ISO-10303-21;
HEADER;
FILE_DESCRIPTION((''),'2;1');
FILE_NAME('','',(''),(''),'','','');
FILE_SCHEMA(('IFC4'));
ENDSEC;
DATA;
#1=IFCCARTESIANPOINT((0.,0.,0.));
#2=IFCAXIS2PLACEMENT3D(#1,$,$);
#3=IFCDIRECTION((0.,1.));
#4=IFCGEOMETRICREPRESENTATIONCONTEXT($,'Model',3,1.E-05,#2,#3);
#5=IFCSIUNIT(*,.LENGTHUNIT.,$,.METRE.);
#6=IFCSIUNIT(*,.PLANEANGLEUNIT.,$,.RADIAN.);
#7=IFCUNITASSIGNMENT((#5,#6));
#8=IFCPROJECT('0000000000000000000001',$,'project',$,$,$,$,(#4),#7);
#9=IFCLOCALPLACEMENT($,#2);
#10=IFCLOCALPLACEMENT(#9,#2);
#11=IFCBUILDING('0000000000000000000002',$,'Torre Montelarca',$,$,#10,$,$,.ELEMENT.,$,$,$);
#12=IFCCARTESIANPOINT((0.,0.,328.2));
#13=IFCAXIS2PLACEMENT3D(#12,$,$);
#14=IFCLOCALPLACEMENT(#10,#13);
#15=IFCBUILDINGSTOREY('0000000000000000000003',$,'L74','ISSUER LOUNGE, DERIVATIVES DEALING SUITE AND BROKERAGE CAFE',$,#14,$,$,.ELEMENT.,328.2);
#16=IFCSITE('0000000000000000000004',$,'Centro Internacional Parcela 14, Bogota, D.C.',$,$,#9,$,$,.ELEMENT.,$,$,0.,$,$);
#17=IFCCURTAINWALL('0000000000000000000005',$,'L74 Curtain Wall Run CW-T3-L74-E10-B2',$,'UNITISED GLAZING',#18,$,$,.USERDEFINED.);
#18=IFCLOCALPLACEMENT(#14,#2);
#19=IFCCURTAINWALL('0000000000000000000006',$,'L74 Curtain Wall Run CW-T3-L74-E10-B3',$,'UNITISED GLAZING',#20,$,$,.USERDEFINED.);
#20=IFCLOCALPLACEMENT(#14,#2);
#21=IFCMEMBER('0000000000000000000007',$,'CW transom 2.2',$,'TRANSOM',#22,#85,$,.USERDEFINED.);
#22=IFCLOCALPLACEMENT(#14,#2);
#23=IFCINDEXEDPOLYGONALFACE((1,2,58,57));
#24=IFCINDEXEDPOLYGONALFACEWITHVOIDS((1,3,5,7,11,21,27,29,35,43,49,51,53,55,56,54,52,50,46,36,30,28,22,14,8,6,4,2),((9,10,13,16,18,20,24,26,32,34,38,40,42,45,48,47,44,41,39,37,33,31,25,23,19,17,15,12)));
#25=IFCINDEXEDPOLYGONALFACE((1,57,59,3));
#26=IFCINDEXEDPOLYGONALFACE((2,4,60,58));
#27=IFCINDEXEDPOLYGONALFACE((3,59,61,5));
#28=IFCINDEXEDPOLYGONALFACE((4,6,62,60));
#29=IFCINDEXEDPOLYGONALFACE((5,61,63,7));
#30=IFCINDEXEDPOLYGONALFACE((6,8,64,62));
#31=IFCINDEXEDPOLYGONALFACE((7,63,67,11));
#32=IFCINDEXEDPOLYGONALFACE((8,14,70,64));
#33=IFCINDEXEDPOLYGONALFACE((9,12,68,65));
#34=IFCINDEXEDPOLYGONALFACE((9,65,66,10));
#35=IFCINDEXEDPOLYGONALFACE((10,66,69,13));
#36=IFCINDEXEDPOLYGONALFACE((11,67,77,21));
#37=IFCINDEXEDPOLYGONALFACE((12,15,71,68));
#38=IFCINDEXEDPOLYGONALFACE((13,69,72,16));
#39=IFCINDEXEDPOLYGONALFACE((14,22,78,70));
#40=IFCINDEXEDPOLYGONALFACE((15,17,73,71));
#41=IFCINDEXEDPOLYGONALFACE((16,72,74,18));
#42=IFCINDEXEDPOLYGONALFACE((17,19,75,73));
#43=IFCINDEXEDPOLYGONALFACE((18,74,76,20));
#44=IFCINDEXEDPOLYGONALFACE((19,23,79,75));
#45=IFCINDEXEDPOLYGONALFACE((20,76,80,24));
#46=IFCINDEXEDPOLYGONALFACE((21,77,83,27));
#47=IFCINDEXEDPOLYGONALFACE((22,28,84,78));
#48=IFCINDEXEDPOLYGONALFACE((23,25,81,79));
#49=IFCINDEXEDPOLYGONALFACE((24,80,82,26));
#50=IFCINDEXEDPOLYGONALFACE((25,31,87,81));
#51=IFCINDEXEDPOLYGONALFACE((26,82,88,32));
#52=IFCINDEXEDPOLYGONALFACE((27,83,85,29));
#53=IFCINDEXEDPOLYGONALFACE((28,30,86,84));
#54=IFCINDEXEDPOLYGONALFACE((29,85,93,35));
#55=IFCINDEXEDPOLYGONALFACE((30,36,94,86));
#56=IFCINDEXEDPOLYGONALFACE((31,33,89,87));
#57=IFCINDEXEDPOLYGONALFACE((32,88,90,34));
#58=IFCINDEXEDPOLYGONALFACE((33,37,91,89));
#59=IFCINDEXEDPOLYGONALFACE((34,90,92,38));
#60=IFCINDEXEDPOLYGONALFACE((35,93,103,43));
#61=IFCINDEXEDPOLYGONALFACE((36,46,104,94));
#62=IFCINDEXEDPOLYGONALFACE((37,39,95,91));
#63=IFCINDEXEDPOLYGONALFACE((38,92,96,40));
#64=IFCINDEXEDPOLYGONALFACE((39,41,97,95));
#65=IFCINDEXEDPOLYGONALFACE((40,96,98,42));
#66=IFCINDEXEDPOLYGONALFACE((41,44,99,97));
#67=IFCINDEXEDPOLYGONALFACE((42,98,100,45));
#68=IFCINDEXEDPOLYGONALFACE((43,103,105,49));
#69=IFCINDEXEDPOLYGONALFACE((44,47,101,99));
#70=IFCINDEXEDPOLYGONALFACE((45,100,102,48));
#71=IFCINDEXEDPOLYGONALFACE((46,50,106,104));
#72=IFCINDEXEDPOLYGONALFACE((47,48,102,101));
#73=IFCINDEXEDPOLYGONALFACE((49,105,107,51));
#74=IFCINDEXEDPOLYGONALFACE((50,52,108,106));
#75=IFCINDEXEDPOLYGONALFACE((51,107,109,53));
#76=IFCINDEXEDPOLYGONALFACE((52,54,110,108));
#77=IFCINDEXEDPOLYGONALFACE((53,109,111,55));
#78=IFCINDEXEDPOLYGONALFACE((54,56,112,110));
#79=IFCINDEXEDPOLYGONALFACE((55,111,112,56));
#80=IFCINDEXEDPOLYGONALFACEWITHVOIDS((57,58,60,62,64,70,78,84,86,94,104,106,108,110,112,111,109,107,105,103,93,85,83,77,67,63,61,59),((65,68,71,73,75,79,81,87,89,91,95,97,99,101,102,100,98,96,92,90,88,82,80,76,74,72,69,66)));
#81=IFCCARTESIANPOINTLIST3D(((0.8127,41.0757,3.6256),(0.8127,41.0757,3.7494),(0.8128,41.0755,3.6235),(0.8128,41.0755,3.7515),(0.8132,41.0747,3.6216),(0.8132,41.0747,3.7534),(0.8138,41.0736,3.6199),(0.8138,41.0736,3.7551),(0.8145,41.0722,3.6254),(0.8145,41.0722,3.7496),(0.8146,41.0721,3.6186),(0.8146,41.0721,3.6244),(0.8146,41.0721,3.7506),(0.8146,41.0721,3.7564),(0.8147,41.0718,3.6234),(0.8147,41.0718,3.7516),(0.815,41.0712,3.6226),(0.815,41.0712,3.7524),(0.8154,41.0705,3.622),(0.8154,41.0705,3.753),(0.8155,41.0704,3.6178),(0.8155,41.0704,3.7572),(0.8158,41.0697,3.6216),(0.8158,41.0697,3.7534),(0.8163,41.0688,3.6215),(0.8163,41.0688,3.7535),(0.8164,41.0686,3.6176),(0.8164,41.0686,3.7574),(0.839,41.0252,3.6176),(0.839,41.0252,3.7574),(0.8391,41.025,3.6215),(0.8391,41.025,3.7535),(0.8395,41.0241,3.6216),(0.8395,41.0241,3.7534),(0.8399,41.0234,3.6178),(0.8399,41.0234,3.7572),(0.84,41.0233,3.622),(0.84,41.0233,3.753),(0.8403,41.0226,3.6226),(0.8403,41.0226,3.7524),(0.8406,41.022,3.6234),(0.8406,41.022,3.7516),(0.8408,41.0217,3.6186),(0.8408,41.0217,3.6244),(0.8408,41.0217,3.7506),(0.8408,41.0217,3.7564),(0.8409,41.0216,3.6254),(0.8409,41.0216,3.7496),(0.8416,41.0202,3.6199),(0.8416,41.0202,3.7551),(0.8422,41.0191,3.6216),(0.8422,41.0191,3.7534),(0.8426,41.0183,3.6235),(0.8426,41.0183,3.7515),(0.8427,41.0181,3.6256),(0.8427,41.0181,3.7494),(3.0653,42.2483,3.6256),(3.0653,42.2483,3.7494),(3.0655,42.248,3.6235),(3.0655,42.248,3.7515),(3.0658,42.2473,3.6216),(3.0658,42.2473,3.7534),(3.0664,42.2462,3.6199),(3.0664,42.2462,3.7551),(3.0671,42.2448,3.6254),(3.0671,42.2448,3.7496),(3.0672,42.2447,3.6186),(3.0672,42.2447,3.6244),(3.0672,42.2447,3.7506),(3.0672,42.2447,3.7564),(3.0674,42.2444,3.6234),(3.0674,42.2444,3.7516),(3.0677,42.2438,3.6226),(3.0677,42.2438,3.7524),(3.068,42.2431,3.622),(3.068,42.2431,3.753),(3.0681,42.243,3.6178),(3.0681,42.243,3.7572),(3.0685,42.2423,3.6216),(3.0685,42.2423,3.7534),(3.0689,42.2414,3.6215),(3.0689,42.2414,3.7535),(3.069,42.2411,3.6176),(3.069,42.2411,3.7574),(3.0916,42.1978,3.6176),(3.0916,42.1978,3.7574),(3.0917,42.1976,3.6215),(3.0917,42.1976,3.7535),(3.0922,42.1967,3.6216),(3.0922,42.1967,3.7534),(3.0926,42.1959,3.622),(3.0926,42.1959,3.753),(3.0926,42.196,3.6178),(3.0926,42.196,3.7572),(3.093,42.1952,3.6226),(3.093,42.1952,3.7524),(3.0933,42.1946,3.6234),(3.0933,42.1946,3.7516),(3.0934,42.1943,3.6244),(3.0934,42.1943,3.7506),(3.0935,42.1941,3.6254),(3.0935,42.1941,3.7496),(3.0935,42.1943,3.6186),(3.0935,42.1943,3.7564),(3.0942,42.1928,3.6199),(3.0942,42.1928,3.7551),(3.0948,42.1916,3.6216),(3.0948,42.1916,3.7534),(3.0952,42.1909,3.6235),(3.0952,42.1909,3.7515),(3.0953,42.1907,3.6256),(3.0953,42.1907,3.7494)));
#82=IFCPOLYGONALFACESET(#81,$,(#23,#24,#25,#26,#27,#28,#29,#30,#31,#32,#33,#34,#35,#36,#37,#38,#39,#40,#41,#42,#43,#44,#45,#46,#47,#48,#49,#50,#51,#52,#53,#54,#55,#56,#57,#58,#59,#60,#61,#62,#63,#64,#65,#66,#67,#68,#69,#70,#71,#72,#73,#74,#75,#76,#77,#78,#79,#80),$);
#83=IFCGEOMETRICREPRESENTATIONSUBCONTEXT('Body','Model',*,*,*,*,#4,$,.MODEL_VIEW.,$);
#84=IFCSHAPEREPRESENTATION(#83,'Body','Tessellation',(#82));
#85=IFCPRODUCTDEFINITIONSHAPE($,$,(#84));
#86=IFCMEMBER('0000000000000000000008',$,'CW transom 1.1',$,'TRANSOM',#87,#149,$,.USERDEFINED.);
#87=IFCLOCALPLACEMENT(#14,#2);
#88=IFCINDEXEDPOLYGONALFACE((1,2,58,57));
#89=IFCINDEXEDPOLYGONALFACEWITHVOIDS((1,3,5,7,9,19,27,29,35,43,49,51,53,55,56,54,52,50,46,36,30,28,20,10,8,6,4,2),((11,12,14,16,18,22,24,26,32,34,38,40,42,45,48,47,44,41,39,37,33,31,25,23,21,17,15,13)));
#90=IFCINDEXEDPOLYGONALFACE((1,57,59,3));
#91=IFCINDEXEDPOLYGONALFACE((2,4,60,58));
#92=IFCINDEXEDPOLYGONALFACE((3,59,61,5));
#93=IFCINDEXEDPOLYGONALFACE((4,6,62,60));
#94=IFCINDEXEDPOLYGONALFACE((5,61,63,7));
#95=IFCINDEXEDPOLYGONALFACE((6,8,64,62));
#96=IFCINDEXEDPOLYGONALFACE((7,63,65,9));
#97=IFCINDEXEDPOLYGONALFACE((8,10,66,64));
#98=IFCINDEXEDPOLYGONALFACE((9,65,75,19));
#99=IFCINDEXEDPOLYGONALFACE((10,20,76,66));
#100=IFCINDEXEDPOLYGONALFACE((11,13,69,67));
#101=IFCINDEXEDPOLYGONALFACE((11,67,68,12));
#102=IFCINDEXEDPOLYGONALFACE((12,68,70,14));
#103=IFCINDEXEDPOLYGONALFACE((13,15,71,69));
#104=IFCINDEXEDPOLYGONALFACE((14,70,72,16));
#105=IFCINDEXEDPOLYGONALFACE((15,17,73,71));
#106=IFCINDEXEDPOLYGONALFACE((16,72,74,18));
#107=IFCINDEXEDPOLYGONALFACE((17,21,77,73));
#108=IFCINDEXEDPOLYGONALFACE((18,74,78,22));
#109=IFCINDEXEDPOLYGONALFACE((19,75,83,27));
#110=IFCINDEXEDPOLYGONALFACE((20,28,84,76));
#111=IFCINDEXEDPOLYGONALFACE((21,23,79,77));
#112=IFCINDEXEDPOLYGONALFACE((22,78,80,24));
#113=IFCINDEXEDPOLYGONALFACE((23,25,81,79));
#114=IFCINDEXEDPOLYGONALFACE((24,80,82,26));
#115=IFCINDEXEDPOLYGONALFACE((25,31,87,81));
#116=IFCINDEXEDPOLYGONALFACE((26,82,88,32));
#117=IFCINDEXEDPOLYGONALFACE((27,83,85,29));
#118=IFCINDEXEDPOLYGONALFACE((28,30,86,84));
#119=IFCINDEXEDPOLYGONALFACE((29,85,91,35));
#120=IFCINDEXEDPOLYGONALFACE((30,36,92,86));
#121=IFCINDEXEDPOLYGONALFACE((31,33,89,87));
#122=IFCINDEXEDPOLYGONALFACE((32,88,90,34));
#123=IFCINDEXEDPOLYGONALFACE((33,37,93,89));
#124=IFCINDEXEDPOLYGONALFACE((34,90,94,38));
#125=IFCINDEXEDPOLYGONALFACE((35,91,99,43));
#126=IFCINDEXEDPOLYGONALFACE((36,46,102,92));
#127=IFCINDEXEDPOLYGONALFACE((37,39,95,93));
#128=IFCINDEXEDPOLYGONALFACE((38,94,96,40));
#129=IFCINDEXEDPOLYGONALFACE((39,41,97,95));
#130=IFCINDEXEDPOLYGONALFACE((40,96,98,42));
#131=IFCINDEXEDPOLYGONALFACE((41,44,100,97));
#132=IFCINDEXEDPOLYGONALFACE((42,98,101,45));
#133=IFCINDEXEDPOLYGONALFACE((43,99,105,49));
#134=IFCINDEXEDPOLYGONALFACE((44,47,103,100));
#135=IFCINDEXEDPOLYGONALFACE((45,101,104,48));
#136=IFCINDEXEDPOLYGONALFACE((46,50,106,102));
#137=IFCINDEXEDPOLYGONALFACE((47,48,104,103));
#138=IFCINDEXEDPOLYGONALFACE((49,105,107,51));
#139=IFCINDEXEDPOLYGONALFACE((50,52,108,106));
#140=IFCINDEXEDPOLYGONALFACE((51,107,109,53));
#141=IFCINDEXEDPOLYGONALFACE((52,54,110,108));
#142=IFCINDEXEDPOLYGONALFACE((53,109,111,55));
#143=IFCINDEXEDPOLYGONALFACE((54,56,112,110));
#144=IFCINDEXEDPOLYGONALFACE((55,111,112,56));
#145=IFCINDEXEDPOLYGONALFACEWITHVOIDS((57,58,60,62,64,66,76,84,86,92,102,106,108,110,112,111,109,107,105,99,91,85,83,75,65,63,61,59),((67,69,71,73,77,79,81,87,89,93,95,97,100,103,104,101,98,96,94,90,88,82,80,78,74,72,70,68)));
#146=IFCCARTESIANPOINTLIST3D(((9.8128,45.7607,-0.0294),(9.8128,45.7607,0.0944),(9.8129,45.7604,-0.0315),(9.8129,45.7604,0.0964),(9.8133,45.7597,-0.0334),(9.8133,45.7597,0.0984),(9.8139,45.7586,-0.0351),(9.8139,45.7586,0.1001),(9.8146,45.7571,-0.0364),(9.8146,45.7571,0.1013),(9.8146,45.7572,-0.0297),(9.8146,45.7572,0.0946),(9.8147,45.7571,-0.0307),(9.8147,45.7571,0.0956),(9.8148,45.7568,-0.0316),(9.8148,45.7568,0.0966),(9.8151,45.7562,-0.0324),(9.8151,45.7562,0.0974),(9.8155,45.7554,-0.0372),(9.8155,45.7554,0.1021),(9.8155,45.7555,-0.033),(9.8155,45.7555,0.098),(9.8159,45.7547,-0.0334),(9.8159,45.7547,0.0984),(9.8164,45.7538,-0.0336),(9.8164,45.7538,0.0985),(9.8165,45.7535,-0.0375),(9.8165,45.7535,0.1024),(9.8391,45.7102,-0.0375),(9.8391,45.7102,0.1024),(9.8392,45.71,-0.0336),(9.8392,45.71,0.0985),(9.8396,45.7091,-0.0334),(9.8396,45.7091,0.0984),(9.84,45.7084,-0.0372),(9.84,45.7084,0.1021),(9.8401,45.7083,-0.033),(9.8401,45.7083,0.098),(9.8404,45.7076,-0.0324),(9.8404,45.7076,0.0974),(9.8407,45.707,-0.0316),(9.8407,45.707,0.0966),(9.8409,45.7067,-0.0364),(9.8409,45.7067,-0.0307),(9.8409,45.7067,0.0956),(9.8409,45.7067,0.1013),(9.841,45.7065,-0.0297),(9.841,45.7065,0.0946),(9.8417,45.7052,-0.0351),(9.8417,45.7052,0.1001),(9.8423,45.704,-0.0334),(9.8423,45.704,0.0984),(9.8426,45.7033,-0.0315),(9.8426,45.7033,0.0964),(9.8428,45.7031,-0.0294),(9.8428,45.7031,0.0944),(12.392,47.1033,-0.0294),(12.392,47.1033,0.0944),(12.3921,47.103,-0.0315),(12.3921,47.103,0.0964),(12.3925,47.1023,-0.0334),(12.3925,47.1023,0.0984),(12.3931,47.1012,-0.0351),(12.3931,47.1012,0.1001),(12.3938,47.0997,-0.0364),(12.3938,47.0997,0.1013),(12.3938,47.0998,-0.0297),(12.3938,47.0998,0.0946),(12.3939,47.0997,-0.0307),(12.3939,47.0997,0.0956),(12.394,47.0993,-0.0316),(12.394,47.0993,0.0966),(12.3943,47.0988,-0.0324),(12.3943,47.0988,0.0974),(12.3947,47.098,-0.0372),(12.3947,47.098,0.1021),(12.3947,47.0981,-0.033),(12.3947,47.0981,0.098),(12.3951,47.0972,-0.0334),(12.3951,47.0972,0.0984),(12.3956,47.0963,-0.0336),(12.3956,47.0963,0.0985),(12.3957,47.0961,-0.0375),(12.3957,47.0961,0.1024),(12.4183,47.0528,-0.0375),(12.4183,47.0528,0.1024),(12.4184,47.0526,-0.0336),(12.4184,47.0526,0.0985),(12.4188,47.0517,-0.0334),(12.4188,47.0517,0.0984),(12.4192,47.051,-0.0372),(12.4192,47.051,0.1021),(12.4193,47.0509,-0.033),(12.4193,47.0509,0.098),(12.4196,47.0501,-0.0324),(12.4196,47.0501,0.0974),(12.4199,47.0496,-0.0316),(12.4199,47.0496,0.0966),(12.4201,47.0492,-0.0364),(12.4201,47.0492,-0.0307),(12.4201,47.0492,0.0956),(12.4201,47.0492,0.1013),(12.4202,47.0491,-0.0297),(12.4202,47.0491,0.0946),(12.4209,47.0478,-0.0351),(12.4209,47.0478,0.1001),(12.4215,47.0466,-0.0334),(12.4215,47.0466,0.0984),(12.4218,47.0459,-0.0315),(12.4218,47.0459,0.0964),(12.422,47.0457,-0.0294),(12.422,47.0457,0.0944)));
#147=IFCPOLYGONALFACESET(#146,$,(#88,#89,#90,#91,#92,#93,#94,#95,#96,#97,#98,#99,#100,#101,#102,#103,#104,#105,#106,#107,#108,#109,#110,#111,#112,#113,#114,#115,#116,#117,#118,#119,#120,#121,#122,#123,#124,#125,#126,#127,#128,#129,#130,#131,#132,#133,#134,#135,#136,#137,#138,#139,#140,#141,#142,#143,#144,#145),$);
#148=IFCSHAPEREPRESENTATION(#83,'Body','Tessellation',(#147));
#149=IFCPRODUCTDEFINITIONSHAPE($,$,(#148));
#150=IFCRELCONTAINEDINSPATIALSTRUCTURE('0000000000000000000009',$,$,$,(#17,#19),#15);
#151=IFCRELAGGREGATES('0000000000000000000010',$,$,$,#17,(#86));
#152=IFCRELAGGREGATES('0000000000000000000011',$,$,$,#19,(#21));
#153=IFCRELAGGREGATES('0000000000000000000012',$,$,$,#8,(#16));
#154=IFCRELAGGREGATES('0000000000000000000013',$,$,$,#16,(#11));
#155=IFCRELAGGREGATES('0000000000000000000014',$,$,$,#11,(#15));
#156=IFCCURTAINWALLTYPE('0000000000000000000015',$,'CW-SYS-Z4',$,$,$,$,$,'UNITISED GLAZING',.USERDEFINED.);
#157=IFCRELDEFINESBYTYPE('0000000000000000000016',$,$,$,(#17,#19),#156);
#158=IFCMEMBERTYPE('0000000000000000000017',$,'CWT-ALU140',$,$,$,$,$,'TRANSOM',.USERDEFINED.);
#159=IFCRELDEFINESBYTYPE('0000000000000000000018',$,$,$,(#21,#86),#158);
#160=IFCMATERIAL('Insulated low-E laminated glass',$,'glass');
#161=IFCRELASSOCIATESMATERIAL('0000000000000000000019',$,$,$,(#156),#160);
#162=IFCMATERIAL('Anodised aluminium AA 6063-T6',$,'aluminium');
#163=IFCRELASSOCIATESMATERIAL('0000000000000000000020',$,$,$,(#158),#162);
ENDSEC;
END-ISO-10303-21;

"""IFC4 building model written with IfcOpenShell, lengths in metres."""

from ifc_helpers import new_model, si_unit, direction, frame, origin, origin_2d, place, context, subcontext, project, spatial, hollow_rectangle, extrude, source, transform, mapped, material, material_profile, profile_set, type_object, element, aggregate, save


model = new_model("IFC4")

# Units and contexts
model_context = context("Model", 3, precision=1e-05, world=origin(), true_north=direction((0.0, 1.0)))
body_context = subcontext(model_context, "Body", "Model", "MODEL_VIEW")
ifc_project = project(units=[si_unit("LENGTHUNIT", "METRE"), si_unit("PLANEANGLEUNIT", "RADIAN")], contexts=[model_context])

# Site, building, storey
site_placement = place(None, origin())
site = spatial("IfcSite", under=ifc_project, at=site_placement, Name="Centro Internacional Parcela 14, Bogota, D.C.", CompositionType="ELEMENT", RefElevation=0.0)
building_placement = place(site_placement, origin())
building = spatial("IfcBuilding", under=site, at=building_placement, Name="Torre Montelarca", CompositionType="ELEMENT")
storey_placement = place(building_placement, frame((0.0, 0.0, 328.2)))
storey = spatial("IfcBuildingStorey", under=building, at=storey_placement, Name="L74", Description="ISSUER LOUNGE, DERIVATIVES DEALING SUITE AND BROKERAGE CAFE", CompositionType="ELEMENT", Elevation=328.2)

# Curtain walls
ifc_material_1 = material(Name="Insulated low-E laminated glass", Category="glass")
curtain_wall_type = type_object("IfcCurtainWallType", Name="CW-SYS-Z4", ElementType="UNITISED GLAZING", PredefinedType="USERDEFINED", material=ifc_material_1)
curtain_wall_1_placement = place(storey_placement, origin())
curtain_wall_1 = element("IfcCurtainWall", 1, at=curtain_wall_1_placement, inside=storey, type_object=curtain_wall_type, Name="L74 Curtain Wall Run CW-T3-L74-E10-B2", ObjectType="UNITISED GLAZING", PredefinedType="USERDEFINED")
ifc_material_2 = material(Name="Anodised aluminium AA 6063-T6", Category="aluminium")
curtain_wall_2_placement = place(storey_placement, origin())
curtain_wall_2 = element("IfcCurtainWall", 2, at=curtain_wall_2_placement, inside=storey, type_object=curtain_wall_type, Name="L74 Curtain Wall Run CW-T3-L74-E10-B3", ObjectType="UNITISED GLAZING", PredefinedType="USERDEFINED")
ifc_material_profile_1 = material_profile(ifc_material_2, hollow_rectangle(XDim=0.0649, YDim=0.1399, WallThickness=0.0039, InnerFilletRadius=0.0039, OuterFilletRadius=0.0081, at=origin_2d()), Name="ALU65X140X4", Category="aluminium")
ifc_profile_set_1 = profile_set([ifc_material_profile_1], Name="Anodised aluminium AA 6063-T6")
member_type_1 = type_object("IfcMemberType", Name="CWT-ALU140", ElementType="TRANSOM", PredefinedType="USERDEFINED", material=ifc_profile_set_1)

# Members
shared_shape_1 = source(origin(), body_context, "Body", "SweptSolid", [
    extrude(hollow_rectangle(XDim=0.0649, YDim=0.1399, WallThickness=0.0039, InnerFilletRadius=0.0039, OuterFilletRadius=0.0081, at=origin_2d()), origin(), (0.0, 0.0, 1.0), 2.5396),
])
member_1_placement = place(storey_placement, frame((3.0803, 42.2195, 3.6875), z_axis=(-0.887022, -0.461728, 0.0), x_axis=(0.461728, -0.887022, 0.0)))
member_1 = element("IfcMember", 3, at=member_1_placement, type_object=member_type_1, Name="CW transom 2.2", ObjectType="TRANSOM", PredefinedType="USERDEFINED", context=body_context, shape_type="MappedRepresentation", body=[
    mapped(shared_shape_1, transform((0.0, 0.0, 0.0), scale=1.0)),
])
shared_shape_2 = source(origin(), body_context, "Body", "SweptSolid", [
    extrude(hollow_rectangle(XDim=0.0649, YDim=0.1399, WallThickness=0.0039, InnerFilletRadius=0.0039, OuterFilletRadius=0.0081, at=origin_2d()), origin(), (0.0, 0.0, 1.0), 2.9077),
])
member_2_placement = place(storey_placement, frame((12.407, 47.0745, 0.0325), z_axis=(-0.88702, -0.461731, 0.0), x_axis=(0.461731, -0.88702, 0.0)))
member_2 = element("IfcMember", 4, at=member_2_placement, type_object=member_type_1, Name="CW transom 1.1", ObjectType="TRANSOM", PredefinedType="USERDEFINED", context=body_context, shape_type="MappedRepresentation", body=[
    mapped(shared_shape_2, transform((0.0, 0.0, 0.0), scale=1.0)),
])

aggregate(curtain_wall_1, [member_2])
aggregate(curtain_wall_2, [member_1])

save(model, "model.ifc")
